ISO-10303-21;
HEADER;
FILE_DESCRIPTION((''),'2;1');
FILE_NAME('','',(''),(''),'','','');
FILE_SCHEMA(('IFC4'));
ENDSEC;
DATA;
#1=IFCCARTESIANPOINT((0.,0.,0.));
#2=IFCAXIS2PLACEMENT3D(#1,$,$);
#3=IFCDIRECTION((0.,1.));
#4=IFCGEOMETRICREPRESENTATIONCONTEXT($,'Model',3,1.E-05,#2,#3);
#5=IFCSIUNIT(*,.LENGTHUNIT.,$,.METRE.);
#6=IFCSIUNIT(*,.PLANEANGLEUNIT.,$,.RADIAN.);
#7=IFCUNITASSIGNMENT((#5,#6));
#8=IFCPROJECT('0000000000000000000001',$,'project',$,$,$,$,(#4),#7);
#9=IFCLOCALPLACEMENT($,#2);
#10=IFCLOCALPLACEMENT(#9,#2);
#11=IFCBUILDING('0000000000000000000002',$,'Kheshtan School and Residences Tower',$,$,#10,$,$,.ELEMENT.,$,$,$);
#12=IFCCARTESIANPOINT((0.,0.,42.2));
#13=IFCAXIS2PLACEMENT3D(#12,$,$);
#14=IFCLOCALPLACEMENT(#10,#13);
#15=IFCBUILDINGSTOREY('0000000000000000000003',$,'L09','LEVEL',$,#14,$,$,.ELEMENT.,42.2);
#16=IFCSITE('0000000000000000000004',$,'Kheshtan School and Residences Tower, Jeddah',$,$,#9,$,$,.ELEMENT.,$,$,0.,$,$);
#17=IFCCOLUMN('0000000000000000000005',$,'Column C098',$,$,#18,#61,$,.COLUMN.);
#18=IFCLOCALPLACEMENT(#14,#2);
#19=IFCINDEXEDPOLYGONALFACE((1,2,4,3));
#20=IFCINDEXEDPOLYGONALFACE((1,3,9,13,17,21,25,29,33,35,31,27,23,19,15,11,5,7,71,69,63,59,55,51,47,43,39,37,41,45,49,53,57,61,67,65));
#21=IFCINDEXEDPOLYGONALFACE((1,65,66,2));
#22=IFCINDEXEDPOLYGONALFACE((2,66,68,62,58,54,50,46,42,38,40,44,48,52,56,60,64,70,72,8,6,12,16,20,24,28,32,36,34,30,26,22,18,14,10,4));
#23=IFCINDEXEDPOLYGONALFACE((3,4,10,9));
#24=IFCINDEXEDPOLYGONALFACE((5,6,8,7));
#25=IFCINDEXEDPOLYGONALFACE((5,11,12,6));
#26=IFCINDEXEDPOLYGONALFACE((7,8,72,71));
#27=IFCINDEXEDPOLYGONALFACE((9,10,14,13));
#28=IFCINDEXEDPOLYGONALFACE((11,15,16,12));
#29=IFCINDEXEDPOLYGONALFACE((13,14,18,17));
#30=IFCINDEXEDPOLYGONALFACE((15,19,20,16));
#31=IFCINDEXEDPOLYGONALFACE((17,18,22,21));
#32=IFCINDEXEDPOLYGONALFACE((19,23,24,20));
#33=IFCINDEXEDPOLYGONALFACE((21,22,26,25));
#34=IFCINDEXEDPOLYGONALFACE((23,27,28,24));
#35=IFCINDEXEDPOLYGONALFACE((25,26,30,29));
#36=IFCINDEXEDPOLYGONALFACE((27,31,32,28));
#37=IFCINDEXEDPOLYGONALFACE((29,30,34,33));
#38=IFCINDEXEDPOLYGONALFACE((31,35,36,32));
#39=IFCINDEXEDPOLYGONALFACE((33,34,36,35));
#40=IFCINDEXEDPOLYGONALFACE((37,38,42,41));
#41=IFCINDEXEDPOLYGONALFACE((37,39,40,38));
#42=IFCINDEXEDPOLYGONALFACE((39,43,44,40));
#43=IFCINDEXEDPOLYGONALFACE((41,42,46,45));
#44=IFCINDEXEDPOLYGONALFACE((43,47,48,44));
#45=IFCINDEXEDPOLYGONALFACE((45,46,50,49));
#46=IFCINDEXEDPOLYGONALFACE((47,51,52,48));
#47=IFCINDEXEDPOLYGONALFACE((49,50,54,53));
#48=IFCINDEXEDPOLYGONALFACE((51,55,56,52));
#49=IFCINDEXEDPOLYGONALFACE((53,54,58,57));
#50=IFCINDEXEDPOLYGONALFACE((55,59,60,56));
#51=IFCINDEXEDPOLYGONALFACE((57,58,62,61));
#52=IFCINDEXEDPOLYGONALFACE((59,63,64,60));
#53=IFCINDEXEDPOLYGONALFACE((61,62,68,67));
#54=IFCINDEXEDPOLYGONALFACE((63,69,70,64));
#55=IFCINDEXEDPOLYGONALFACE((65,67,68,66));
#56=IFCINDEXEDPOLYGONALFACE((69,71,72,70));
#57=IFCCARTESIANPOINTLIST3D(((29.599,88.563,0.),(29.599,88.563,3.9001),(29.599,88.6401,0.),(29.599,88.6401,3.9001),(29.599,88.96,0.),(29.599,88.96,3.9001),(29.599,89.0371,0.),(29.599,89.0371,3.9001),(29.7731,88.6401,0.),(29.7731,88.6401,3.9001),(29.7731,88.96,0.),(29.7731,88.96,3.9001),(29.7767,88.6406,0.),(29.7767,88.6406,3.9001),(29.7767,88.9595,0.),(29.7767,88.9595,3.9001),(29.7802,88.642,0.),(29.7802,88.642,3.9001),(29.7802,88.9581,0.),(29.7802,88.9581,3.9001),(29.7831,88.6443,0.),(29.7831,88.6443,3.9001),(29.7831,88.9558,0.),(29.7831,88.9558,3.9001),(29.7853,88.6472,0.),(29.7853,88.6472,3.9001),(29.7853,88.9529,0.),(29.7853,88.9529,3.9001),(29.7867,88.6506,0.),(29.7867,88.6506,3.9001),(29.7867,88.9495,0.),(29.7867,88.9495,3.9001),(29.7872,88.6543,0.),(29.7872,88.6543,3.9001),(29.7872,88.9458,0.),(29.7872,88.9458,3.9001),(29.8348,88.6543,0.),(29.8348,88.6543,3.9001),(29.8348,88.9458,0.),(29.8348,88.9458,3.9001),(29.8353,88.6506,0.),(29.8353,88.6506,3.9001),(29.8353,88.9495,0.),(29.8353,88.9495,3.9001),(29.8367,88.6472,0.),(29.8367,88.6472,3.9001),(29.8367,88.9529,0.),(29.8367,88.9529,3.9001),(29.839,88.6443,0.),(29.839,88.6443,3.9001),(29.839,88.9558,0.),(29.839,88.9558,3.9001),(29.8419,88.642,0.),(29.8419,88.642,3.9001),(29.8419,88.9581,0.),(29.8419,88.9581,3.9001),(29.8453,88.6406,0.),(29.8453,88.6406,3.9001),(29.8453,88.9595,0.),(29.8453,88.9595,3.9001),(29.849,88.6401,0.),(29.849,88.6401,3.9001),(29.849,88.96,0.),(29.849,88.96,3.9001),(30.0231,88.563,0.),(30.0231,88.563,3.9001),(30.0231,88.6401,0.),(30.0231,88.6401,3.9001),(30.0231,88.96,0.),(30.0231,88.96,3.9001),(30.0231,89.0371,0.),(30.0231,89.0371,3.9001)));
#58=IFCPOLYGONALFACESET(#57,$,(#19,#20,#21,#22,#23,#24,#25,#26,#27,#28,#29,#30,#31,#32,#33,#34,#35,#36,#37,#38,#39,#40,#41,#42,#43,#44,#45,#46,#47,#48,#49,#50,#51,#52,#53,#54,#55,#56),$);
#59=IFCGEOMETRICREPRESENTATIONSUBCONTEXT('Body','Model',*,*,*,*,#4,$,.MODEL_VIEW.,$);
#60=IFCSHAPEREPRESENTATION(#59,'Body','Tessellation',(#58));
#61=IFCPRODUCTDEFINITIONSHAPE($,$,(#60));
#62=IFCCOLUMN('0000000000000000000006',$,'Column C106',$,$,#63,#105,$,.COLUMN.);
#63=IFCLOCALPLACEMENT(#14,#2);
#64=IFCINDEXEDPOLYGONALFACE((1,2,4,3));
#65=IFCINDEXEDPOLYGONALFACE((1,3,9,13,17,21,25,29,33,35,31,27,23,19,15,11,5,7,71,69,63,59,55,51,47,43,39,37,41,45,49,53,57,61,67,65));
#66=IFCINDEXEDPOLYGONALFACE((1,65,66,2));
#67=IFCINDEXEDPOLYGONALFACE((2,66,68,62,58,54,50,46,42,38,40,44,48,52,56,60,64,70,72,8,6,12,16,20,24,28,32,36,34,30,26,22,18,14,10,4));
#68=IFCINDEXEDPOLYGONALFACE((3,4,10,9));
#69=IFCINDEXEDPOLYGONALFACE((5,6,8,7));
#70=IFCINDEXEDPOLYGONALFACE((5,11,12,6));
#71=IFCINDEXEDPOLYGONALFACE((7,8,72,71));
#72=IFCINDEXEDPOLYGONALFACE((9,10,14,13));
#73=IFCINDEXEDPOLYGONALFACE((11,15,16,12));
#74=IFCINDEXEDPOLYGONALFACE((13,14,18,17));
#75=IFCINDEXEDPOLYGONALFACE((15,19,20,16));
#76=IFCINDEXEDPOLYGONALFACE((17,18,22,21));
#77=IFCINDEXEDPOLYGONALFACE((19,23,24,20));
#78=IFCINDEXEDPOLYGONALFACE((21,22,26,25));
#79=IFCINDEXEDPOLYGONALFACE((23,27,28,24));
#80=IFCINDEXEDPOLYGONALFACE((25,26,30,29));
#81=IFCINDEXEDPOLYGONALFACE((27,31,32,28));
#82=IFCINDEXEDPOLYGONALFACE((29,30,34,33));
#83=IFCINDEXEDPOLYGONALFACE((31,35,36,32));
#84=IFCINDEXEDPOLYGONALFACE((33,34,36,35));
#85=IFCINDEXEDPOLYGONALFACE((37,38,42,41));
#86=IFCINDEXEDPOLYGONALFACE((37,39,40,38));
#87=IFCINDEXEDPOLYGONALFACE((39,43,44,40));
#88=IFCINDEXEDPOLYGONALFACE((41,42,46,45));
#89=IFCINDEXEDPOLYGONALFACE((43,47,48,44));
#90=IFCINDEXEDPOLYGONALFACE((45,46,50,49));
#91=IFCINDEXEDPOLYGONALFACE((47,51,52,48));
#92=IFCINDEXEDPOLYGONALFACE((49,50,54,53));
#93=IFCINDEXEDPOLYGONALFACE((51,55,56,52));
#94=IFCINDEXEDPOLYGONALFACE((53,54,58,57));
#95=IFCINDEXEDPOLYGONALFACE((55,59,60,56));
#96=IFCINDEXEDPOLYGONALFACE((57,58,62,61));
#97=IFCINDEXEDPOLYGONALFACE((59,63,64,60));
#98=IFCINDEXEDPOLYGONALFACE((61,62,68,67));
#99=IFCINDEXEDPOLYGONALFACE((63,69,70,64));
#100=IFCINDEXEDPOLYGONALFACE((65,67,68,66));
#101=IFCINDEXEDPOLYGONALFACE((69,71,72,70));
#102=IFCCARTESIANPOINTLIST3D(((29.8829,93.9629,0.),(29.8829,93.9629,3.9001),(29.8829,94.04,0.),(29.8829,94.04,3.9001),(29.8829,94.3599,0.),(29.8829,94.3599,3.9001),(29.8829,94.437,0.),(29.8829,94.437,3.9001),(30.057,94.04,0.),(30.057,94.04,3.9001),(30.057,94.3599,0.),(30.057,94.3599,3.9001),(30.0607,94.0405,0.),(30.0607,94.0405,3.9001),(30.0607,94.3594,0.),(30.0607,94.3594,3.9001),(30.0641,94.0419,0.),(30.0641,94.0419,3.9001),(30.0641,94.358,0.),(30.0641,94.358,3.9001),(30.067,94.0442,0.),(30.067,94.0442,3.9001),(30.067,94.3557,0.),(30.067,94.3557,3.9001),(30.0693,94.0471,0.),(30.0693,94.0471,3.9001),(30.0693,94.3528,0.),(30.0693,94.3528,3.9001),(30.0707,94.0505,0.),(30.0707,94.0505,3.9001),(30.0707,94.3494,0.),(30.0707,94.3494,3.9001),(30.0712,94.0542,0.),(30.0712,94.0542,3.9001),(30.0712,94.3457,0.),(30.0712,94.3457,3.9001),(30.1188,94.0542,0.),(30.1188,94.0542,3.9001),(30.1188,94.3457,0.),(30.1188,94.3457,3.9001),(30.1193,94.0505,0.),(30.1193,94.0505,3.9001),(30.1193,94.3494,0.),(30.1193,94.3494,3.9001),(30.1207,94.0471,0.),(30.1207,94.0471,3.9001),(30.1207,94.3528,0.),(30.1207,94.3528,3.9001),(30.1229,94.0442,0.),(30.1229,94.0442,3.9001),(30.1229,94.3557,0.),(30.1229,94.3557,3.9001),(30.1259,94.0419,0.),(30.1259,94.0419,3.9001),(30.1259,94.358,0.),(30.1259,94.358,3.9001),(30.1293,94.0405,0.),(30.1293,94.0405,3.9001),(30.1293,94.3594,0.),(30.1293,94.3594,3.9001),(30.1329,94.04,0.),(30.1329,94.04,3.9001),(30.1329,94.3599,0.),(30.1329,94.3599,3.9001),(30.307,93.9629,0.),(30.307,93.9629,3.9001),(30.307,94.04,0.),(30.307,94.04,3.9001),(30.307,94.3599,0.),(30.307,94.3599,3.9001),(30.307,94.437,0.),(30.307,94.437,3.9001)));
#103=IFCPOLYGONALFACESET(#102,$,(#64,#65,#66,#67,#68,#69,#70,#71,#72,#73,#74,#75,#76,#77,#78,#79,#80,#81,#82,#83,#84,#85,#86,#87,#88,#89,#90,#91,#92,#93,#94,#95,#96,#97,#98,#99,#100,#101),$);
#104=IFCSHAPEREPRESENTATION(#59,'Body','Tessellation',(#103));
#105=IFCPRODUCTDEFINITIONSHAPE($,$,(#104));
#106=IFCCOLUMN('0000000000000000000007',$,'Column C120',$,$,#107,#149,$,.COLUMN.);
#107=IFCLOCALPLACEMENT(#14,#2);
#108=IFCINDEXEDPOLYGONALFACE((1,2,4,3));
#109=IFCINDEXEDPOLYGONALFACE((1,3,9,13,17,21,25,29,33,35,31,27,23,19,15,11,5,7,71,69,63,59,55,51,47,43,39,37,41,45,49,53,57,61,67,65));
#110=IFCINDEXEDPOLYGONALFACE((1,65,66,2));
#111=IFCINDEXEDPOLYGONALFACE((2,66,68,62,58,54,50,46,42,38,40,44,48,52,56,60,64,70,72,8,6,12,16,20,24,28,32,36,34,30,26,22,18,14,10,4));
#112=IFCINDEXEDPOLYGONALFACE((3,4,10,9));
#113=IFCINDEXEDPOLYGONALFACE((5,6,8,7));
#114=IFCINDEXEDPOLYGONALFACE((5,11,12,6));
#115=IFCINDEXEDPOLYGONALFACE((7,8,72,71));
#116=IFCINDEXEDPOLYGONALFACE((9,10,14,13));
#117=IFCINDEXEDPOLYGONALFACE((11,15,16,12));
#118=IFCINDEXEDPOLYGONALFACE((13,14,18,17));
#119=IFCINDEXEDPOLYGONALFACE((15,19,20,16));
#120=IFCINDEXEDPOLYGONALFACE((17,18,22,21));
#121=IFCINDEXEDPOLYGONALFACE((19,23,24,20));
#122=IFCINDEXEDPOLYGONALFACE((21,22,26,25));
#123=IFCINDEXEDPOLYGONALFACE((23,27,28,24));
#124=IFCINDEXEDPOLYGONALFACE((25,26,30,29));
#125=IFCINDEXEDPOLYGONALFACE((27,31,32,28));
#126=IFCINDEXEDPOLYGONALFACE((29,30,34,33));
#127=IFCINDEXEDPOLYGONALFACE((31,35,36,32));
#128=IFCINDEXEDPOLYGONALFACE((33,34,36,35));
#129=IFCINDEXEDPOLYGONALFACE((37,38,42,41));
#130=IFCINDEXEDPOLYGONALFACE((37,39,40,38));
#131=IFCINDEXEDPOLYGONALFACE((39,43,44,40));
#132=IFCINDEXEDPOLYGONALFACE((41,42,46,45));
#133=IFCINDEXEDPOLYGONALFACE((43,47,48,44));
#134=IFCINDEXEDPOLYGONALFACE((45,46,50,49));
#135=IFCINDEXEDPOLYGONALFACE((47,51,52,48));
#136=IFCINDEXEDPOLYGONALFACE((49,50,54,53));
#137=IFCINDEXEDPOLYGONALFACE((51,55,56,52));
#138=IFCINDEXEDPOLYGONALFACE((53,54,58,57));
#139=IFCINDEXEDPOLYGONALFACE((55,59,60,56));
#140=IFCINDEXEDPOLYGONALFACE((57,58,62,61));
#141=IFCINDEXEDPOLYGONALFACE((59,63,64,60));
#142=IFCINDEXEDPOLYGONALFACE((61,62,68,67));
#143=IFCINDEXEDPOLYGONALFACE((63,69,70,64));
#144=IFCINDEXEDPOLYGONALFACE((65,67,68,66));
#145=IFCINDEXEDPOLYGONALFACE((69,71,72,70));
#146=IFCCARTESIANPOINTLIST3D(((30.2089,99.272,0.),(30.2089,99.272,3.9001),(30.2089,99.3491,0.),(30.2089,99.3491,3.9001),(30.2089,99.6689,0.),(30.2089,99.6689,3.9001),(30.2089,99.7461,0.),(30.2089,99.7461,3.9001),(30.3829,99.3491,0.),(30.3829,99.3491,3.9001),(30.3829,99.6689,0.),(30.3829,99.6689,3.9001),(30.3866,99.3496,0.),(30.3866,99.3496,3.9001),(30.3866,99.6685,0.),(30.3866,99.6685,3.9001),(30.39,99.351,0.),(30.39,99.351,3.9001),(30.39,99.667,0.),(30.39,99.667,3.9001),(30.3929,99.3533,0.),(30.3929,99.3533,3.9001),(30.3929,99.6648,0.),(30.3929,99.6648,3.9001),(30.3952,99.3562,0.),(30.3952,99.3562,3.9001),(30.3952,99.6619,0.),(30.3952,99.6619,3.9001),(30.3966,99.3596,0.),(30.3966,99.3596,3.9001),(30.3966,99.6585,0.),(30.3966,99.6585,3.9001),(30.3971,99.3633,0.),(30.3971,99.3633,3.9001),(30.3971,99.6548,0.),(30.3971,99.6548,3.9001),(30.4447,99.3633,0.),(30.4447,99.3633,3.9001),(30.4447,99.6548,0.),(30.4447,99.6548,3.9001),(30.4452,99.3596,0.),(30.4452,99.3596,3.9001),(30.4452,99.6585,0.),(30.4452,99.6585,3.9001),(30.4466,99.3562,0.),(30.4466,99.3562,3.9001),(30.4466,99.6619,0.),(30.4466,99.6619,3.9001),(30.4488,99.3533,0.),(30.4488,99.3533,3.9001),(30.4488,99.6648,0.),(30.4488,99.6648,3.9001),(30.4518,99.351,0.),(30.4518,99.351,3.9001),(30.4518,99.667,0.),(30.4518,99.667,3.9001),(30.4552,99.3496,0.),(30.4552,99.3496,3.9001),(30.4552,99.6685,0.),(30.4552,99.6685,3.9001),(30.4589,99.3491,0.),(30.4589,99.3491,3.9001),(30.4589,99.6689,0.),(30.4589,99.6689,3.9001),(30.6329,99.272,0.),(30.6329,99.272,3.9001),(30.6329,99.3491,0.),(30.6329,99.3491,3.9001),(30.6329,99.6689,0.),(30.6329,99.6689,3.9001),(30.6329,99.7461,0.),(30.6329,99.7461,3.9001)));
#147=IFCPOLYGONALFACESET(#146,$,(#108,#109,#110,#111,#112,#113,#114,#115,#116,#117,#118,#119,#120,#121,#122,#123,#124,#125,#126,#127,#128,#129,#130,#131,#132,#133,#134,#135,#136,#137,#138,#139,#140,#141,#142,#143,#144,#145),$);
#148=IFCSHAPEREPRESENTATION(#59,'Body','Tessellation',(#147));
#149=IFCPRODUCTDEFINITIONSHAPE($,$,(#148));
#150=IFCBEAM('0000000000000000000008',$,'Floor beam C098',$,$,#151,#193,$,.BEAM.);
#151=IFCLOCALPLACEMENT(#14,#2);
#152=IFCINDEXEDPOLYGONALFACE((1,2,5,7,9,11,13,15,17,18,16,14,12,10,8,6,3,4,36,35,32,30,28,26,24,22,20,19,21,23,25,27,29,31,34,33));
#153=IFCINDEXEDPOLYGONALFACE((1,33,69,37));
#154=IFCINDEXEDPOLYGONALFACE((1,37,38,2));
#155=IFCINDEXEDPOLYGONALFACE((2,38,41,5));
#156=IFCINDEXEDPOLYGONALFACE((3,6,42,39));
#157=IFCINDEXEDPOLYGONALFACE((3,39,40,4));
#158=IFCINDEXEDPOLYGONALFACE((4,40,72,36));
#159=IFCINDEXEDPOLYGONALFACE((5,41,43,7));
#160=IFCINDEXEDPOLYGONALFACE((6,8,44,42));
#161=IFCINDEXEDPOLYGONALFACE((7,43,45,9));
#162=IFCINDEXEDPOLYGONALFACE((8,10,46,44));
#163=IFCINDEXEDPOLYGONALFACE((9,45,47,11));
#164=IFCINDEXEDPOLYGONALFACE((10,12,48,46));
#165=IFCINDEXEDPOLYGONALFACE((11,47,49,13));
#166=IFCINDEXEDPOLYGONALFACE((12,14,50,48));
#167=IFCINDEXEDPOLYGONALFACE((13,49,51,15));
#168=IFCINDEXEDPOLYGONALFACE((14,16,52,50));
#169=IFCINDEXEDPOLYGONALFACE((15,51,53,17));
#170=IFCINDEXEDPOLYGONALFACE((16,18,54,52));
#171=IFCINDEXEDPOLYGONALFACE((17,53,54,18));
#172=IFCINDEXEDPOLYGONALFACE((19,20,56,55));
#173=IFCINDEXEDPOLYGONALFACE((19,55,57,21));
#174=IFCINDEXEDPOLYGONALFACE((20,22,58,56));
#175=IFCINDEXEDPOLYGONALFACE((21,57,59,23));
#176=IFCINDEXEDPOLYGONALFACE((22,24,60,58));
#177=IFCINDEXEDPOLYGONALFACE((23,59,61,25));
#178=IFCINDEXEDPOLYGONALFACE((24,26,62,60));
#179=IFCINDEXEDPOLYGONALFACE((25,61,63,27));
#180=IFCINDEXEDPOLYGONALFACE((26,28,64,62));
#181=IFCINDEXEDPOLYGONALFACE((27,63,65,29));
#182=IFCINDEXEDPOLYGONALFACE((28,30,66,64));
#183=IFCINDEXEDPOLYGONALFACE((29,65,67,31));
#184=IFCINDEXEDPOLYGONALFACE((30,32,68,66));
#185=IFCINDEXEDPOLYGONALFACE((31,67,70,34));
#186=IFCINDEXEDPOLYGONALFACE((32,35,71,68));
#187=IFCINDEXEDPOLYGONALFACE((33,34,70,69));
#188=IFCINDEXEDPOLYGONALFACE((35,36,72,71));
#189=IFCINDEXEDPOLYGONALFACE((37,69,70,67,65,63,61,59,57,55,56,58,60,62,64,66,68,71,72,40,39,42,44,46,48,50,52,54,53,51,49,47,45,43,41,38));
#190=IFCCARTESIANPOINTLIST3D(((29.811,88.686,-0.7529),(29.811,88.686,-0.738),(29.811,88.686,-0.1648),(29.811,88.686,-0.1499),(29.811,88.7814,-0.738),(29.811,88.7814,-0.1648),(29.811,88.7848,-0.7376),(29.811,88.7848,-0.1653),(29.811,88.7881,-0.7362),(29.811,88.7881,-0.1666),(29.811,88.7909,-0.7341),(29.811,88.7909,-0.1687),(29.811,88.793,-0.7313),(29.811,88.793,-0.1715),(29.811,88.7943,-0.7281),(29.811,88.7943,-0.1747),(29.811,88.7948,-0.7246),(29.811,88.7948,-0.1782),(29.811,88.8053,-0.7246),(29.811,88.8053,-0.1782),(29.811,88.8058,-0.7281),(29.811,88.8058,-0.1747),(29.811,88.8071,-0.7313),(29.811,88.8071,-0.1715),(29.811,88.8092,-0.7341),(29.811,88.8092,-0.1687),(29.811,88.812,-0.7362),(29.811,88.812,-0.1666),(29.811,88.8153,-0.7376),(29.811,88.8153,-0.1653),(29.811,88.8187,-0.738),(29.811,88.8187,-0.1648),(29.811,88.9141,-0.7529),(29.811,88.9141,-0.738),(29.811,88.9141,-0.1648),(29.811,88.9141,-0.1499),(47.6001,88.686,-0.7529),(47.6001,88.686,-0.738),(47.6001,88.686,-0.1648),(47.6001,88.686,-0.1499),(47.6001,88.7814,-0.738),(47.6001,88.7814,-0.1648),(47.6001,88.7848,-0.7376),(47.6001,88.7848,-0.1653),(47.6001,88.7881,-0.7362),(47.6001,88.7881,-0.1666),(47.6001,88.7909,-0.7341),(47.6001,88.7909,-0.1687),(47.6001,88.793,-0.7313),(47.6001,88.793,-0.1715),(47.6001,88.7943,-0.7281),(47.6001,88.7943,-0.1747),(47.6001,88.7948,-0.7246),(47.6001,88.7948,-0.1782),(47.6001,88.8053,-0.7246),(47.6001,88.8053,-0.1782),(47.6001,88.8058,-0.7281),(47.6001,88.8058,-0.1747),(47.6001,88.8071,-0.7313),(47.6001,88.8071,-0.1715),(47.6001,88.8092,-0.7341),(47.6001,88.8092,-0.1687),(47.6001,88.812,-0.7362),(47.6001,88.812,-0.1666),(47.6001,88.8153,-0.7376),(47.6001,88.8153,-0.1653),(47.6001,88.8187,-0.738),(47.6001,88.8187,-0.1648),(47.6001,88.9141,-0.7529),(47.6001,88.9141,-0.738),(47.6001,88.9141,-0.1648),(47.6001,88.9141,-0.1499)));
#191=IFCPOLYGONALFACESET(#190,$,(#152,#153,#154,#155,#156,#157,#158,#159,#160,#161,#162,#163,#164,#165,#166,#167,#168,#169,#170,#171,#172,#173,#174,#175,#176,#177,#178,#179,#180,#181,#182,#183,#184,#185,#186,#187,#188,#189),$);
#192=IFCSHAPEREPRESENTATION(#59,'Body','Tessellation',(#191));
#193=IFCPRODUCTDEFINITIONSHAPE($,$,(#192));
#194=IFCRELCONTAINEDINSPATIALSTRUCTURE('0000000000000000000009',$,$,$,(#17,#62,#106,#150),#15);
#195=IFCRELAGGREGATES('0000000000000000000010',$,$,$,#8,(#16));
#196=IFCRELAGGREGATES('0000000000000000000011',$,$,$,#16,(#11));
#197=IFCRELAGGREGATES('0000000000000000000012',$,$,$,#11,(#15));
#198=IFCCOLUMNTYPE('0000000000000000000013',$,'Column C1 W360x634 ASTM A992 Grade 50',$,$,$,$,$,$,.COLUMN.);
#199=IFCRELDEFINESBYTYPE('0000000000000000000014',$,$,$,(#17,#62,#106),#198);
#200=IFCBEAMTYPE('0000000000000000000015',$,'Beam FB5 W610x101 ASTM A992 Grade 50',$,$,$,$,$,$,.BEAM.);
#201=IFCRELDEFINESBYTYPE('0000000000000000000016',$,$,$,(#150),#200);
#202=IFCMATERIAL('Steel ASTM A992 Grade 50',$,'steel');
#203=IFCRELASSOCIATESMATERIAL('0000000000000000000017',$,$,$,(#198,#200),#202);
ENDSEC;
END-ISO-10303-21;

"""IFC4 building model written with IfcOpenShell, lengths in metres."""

from ifc_helpers import new_model, si_unit, direction, frame, origin, origin_2d, place, context, subcontext, project, spatial, i_section, extrude, material, material_profile, profile_set, type_object, element, save


model = new_model("IFC4")

# Units and contexts
model_context = context("Model", 3, precision=1e-05, world=origin(), true_north=direction((0.0, 1.0)))
body_context = subcontext(model_context, "Body", "Model", "MODEL_VIEW")
ifc_project = project(units=[si_unit("LENGTHUNIT", "METRE"), si_unit("PLANEANGLEUNIT", "RADIAN")], contexts=[model_context])

# Site, building, storey
site_placement = place(None, origin())
site = spatial("IfcSite", under=ifc_project, at=site_placement, Name="Kheshtan School and Residences Tower, Jeddah", CompositionType="ELEMENT", RefElevation=0.0)
building_placement = place(site_placement, origin())
building = spatial("IfcBuilding", under=site, at=building_placement, Name="Kheshtan School and Residences Tower", CompositionType="ELEMENT")
storey_placement = place(building_placement, frame((0.0, 0.0, 42.2)))
storey = spatial("IfcBuildingStorey", under=building, at=storey_placement, Name="L09", Description="LEVEL", CompositionType="ELEMENT", Elevation=42.2)

# Columns
ifc_material_1 = material(Name="Steel ASTM A992 Grade 50", Category="steel")
ifc_material_profile_1 = material_profile(ifc_material_1, i_section(OverallWidth=0.4241, OverallDepth=0.4741, WebThickness=0.0476, FlangeThickness=0.0771, FilletRadius=0.0142, at=origin_2d()), Name="W360x634")
ifc_profile_set_1 = profile_set([ifc_material_profile_1], Name="Steel ASTM A992 Grade 50")
column_type = type_object("IfcColumnType", Name="Column C1 W360x634 ASTM A992 Grade 50", PredefinedType="COLUMN", material=ifc_profile_set_1)
for number, where, z_axis, x_axis, name in (
    (1, (29.811, 88.8, 0.0), (0.0, 0.0, 1.0), (1.0, 0.0, 0.0), "Column C098"),
    (2, (30.095, 94.2, 0.0), (0.0, 0.0, 1.0), (1.0, 0.0, 0.0), "Column C106"),
    (3, (30.4209, 99.509, 0.0), (0.0, 0.0, 1.0), (1.0, 0.0, 0.0), "Column C120"),
):
    element("IfcColumn", number, at=place(storey_placement, frame(where, z_axis=z_axis, x_axis=x_axis)), inside=storey, type_object=column_type, Name=name, PredefinedType="COLUMN", context=body_context, shape_type="SweptSolid", body=[
        extrude(i_section(OverallWidth=0.4241, OverallDepth=0.4741, WebThickness=0.0476, FlangeThickness=0.0771, FilletRadius=0.0142, at=origin_2d()), origin(), (0.0, 0.0, 1.0), 3.9001),
    ])

# Beam
ifc_material_profile_2 = material_profile(ifc_material_1, i_section(OverallWidth=0.228, OverallDepth=0.603, WebThickness=0.0105, FlangeThickness=0.0149, FilletRadius=0.0134, at=origin_2d()), Name="W610x101")
ifc_profile_set_2 = profile_set([ifc_material_profile_2], Name="Steel ASTM A992 Grade 50")
beam_type_1 = type_object("IfcBeamType", Name="Beam FB5 W610x101 ASTM A992 Grade 50", PredefinedType="BEAM", material=ifc_profile_set_2)
beam_1_placement = place(storey_placement, frame((29.811, 88.8, -0.4514), z_axis=(1.0, 0.0, 0.0), x_axis=(0.0, 1.0, 0.0)))
element("IfcBeam", 4, at=beam_1_placement, inside=storey, type_object=beam_type_1, Name="Floor beam C098", PredefinedType="BEAM", context=body_context, shape_type="SweptSolid", body=[
    extrude(i_section(OverallWidth=0.228, OverallDepth=0.603, WebThickness=0.0105, FlangeThickness=0.0149, FilletRadius=0.0134, at=origin_2d()), origin(), (0.0, 0.0, 1.0), 17.7891),
])

save(model, "model.ifc")
